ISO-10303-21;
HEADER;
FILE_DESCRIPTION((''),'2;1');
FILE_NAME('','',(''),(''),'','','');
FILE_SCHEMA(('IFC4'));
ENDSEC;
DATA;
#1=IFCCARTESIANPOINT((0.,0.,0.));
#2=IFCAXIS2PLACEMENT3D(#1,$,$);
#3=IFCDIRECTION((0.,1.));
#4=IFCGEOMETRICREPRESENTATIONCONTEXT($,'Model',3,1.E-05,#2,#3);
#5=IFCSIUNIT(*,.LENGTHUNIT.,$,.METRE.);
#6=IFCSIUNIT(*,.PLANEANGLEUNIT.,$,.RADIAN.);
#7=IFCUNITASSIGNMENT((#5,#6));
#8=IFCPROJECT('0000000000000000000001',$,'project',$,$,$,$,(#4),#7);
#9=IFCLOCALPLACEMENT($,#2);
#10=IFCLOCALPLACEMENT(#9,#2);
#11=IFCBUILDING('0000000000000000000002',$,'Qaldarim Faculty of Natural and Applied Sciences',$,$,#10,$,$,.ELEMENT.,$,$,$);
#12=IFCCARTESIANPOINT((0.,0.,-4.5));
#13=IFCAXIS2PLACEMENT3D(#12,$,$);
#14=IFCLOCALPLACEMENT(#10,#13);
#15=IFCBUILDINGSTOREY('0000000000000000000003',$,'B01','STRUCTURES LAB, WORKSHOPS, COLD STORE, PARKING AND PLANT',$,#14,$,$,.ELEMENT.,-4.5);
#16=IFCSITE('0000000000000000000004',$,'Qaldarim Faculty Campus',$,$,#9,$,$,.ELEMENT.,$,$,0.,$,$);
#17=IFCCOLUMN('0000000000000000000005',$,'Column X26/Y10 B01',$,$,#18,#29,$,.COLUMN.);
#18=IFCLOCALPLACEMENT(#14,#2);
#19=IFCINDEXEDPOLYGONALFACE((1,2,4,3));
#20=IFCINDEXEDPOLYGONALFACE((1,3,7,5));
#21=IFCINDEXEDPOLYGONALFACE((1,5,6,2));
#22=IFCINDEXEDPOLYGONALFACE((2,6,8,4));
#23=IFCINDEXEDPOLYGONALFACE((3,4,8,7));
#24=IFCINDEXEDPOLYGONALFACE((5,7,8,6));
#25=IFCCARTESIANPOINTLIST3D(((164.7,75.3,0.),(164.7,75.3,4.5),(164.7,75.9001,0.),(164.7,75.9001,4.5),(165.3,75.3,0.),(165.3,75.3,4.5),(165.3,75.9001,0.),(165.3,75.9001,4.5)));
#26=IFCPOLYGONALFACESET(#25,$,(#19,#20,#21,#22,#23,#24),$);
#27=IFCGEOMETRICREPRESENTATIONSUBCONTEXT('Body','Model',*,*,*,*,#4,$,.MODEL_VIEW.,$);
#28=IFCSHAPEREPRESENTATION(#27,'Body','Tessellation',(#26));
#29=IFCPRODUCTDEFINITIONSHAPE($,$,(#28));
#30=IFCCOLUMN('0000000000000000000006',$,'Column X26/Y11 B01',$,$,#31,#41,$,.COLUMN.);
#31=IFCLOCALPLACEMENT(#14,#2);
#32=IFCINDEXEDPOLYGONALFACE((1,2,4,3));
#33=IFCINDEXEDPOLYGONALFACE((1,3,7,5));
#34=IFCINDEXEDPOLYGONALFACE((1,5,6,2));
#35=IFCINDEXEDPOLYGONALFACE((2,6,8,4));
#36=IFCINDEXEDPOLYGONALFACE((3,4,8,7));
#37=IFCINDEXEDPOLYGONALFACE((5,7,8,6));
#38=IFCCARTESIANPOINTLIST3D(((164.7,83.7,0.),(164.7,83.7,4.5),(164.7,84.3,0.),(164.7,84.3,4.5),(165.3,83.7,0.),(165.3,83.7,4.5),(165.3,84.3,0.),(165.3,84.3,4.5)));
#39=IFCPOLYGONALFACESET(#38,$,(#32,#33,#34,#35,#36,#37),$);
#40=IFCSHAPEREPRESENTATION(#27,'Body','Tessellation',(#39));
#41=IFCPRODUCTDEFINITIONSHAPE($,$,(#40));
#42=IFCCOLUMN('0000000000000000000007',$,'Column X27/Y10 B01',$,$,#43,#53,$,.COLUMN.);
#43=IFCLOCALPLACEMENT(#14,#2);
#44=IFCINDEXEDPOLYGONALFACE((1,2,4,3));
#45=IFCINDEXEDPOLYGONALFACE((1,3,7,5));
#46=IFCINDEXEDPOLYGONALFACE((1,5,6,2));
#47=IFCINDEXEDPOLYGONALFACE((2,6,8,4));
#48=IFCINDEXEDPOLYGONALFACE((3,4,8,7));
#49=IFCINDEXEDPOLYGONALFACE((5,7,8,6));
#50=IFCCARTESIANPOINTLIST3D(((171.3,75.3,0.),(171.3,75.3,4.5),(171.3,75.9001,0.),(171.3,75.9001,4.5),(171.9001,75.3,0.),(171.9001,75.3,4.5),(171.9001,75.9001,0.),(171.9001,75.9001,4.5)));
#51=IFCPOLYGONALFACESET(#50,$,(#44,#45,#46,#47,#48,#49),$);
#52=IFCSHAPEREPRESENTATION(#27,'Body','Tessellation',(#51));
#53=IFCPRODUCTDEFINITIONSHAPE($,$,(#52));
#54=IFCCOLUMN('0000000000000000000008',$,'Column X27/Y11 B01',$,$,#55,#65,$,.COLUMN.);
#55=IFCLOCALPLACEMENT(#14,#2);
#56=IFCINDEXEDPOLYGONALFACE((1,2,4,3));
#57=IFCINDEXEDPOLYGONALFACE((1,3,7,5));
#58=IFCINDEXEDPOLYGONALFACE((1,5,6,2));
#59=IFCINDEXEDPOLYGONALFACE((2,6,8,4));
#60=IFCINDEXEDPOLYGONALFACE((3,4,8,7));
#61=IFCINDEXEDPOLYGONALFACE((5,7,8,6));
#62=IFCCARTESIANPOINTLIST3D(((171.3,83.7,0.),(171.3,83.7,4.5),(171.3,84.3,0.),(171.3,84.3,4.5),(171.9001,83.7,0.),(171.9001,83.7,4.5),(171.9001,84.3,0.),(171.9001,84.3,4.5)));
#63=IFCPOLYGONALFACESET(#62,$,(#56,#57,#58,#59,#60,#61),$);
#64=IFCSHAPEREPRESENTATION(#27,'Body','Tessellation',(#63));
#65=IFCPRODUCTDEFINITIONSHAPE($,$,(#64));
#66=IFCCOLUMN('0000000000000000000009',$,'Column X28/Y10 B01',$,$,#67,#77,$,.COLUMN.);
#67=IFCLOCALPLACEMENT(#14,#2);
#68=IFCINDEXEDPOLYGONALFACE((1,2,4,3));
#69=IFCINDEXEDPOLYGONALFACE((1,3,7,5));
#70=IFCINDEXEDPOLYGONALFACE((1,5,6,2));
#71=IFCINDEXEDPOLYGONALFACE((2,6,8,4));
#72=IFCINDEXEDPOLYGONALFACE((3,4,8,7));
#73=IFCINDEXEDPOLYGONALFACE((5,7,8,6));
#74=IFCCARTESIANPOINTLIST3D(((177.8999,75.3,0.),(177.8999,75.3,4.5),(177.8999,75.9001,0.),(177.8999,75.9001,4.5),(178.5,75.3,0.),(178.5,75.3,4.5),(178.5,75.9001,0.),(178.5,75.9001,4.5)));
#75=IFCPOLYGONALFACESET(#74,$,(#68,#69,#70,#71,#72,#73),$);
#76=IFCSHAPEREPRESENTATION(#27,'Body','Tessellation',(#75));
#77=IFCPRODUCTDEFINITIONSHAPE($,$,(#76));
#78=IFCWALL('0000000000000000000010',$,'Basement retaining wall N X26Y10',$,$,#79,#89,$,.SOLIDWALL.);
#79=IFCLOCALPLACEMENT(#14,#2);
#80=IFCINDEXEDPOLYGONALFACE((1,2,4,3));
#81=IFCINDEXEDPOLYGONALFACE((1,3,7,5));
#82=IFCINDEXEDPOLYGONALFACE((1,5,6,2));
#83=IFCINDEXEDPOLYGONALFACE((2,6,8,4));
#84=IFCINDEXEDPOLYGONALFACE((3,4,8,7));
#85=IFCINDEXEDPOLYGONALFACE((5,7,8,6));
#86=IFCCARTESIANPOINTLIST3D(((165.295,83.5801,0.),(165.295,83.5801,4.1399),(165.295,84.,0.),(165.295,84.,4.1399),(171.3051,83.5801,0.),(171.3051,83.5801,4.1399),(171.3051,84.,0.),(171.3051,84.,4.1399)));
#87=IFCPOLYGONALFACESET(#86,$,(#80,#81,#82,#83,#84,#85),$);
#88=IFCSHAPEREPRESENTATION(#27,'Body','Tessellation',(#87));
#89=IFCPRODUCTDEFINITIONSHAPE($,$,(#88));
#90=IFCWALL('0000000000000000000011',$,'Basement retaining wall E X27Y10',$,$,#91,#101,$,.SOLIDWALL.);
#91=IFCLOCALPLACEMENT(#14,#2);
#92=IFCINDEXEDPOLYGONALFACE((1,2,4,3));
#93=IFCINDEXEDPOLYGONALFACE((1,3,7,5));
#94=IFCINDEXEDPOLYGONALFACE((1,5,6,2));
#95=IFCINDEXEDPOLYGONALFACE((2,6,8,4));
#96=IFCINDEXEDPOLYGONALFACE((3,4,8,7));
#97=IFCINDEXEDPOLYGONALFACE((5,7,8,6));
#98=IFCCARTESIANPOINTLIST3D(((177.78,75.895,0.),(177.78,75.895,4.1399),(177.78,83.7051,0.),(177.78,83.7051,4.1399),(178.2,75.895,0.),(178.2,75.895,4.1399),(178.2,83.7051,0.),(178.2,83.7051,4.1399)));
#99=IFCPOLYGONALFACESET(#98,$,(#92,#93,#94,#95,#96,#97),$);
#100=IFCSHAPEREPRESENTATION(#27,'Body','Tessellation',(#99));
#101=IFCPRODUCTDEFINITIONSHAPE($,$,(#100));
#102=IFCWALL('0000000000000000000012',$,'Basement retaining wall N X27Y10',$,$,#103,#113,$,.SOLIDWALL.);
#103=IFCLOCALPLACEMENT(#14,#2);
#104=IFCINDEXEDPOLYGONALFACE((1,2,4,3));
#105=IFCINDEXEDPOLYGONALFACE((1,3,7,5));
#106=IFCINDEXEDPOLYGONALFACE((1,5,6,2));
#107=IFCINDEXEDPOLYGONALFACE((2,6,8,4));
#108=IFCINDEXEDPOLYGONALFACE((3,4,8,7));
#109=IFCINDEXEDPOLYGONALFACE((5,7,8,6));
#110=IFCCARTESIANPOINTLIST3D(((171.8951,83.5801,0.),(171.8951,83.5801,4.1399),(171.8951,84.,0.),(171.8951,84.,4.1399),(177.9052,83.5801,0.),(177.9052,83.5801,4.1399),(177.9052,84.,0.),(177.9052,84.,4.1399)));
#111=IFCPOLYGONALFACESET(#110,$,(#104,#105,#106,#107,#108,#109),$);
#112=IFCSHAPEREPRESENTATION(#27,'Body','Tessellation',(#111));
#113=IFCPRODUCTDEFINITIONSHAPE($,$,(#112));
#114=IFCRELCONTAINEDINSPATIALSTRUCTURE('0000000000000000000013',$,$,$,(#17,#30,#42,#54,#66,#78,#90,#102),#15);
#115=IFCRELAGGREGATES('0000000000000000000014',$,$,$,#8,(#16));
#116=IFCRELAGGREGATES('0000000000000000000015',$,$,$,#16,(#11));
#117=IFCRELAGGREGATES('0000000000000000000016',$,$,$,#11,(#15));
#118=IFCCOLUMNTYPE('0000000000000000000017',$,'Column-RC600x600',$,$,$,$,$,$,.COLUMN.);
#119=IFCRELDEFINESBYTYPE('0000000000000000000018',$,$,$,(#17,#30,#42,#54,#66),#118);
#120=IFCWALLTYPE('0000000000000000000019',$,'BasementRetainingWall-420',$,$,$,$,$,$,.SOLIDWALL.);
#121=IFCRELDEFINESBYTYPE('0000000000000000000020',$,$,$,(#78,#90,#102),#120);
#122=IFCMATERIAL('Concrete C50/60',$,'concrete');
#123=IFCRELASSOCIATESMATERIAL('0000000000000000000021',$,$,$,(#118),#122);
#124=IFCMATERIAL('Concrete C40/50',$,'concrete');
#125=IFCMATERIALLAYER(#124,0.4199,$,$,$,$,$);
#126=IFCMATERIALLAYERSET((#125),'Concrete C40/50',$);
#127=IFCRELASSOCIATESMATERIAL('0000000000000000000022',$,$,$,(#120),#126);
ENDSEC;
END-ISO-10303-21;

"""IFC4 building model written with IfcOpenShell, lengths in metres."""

from ifc_helpers import new_model, si_unit, direction, frame, frame_2d, origin, origin_2d, place, context, subcontext, project, spatial, rectangle, extrude, material, layer, layer_set, material_profile, profile_set, type_object, element, save


model = new_model("IFC4")

# Units and contexts
model_context = context("Model", 3, precision=1e-05, world=origin(), true_north=direction((0.0, 1.0)))
body_context = subcontext(model_context, "Body", "Model", "MODEL_VIEW")
ifc_project = project(units=[si_unit("LENGTHUNIT", "METRE"), si_unit("PLANEANGLEUNIT", "RADIAN")], contexts=[model_context])

# Site, building, storey
site_placement = place(None, origin())
site = spatial("IfcSite", under=ifc_project, at=site_placement, Name="Qaldarim Faculty Campus", CompositionType="ELEMENT", RefElevation=0.0)
building_placement = place(site_placement, origin())
building = spatial("IfcBuilding", under=site, at=building_placement, Name="Qaldarim Faculty of Natural and Applied Sciences", CompositionType="ELEMENT")
storey_placement = place(building_placement, frame((0.0, 0.0, -4.5)))
storey = spatial("IfcBuildingStorey", under=building, at=storey_placement, Name="B01", Description="STRUCTURES LAB, WORKSHOPS, COLD STORE, PARKING AND PLANT", CompositionType="ELEMENT", Elevation=-4.5)

# Shared definitions
ifc_material_1 = material(Name="Concrete C40/50", Category="concrete")

# Columns
ifc_material_2 = material(Name="Concrete C50/60", Category="concrete")
ifc_material_profile_1 = material_profile(ifc_material_2, rectangle(XDim=0.6001, YDim=0.6001, at=origin_2d()), Name="RC-C600x600")
ifc_profile_set_1 = profile_set([ifc_material_profile_1], Name="Concrete C50/60")
column_type = type_object("IfcColumnType", Name="Column-RC600x600", PredefinedType="COLUMN", material=ifc_profile_set_1)
for number, where, z_axis, x_axis, name in (
    (1, (165.0, 75.6001, 0.0), (0.0, 0.0, 1.0), (1.0, 0.0, 0.0), "Column X26/Y10 B01"),
    (2, (165.0, 84.0, 0.0), (0.0, 0.0, 1.0), (1.0, 0.0, 0.0), "Column X26/Y11 B01"),
    (3, (171.6001, 75.6001, 0.0), (0.0, 0.0, 1.0), (1.0, 0.0, 0.0), "Column X27/Y10 B01"),
    (4, (171.6001, 84.0, 0.0), (0.0, 0.0, 1.0), (1.0, 0.0, 0.0), "Column X27/Y11 B01"),
    (5, (178.2, 75.6001, 0.0), (0.0, 0.0, 1.0), (1.0, 0.0, 0.0), "Column X28/Y10 B01"),
):
    element("IfcColumn", number, at=place(storey_placement, frame(where, z_axis=z_axis, x_axis=x_axis)), inside=storey, type_object=column_type, Name=name, PredefinedType="COLUMN", context=body_context, shape_type="SweptSolid", body=[
        extrude(rectangle(XDim=0.6001, YDim=0.6001, at=origin_2d()), origin(), (0.0, 0.0, 1.0), 4.5),
    ])

# Walls
ifc_layer_1 = layer(ifc_material_1, 0.4199)
ifc_layer_set_1 = layer_set([ifc_layer_1], Name="Concrete C40/50")
wall_type = type_object("IfcWallType", Name="BasementRetainingWall-420", PredefinedType="SOLIDWALL", material=ifc_layer_set_1)
wall_1_placement = place(storey_placement, frame((171.3049, 83.79, 0.0), z_axis=(0.0, 0.0, 1.0), x_axis=(-1.0, 0.0, 0.0)))
element("IfcWall", 6, at=wall_1_placement, inside=storey, type_object=wall_type, Name="Basement retaining wall N X26Y10", PredefinedType="SOLIDWALL", context=body_context, shape_type="SweptSolid", body=[
    extrude(rectangle(XDim=6.01, YDim=0.4199, at=frame_2d((3.0049, 0.0))), origin(), (0.0, 0.0, 1.0), 4.1399),
])
wall_2_placement = place(storey_placement, frame((177.99, 75.895, 0.0), z_axis=(0.0, 0.0, 1.0), x_axis=(0.0, 1.0, 0.0)))
element("IfcWall", 7, at=wall_2_placement, inside=storey, type_object=wall_type, Name="Basement retaining wall E X27Y10", PredefinedType="SOLIDWALL", context=body_context, shape_type="SweptSolid", body=[
    extrude(rectangle(XDim=7.8101, YDim=0.4199, at=frame_2d((3.905, 0.0))), origin(), (0.0, 0.0, 1.0), 4.1399),
])
wall_3_placement = place(storey_placement, frame((177.905, 83.79, 0.0), z_axis=(0.0, 0.0, 1.0), x_axis=(-1.0, 0.0, 0.0)))
element("IfcWall", 8, at=wall_3_placement, inside=storey, type_object=wall_type, Name="Basement retaining wall N X27Y10", PredefinedType="SOLIDWALL", context=body_context, shape_type="SweptSolid", body=[
    extrude(rectangle(XDim=6.01, YDim=0.4199, at=frame_2d((3.0049, 0.0))), origin(), (0.0, 0.0, 1.0), 4.1399),
])

save(model, "model.ifc")
